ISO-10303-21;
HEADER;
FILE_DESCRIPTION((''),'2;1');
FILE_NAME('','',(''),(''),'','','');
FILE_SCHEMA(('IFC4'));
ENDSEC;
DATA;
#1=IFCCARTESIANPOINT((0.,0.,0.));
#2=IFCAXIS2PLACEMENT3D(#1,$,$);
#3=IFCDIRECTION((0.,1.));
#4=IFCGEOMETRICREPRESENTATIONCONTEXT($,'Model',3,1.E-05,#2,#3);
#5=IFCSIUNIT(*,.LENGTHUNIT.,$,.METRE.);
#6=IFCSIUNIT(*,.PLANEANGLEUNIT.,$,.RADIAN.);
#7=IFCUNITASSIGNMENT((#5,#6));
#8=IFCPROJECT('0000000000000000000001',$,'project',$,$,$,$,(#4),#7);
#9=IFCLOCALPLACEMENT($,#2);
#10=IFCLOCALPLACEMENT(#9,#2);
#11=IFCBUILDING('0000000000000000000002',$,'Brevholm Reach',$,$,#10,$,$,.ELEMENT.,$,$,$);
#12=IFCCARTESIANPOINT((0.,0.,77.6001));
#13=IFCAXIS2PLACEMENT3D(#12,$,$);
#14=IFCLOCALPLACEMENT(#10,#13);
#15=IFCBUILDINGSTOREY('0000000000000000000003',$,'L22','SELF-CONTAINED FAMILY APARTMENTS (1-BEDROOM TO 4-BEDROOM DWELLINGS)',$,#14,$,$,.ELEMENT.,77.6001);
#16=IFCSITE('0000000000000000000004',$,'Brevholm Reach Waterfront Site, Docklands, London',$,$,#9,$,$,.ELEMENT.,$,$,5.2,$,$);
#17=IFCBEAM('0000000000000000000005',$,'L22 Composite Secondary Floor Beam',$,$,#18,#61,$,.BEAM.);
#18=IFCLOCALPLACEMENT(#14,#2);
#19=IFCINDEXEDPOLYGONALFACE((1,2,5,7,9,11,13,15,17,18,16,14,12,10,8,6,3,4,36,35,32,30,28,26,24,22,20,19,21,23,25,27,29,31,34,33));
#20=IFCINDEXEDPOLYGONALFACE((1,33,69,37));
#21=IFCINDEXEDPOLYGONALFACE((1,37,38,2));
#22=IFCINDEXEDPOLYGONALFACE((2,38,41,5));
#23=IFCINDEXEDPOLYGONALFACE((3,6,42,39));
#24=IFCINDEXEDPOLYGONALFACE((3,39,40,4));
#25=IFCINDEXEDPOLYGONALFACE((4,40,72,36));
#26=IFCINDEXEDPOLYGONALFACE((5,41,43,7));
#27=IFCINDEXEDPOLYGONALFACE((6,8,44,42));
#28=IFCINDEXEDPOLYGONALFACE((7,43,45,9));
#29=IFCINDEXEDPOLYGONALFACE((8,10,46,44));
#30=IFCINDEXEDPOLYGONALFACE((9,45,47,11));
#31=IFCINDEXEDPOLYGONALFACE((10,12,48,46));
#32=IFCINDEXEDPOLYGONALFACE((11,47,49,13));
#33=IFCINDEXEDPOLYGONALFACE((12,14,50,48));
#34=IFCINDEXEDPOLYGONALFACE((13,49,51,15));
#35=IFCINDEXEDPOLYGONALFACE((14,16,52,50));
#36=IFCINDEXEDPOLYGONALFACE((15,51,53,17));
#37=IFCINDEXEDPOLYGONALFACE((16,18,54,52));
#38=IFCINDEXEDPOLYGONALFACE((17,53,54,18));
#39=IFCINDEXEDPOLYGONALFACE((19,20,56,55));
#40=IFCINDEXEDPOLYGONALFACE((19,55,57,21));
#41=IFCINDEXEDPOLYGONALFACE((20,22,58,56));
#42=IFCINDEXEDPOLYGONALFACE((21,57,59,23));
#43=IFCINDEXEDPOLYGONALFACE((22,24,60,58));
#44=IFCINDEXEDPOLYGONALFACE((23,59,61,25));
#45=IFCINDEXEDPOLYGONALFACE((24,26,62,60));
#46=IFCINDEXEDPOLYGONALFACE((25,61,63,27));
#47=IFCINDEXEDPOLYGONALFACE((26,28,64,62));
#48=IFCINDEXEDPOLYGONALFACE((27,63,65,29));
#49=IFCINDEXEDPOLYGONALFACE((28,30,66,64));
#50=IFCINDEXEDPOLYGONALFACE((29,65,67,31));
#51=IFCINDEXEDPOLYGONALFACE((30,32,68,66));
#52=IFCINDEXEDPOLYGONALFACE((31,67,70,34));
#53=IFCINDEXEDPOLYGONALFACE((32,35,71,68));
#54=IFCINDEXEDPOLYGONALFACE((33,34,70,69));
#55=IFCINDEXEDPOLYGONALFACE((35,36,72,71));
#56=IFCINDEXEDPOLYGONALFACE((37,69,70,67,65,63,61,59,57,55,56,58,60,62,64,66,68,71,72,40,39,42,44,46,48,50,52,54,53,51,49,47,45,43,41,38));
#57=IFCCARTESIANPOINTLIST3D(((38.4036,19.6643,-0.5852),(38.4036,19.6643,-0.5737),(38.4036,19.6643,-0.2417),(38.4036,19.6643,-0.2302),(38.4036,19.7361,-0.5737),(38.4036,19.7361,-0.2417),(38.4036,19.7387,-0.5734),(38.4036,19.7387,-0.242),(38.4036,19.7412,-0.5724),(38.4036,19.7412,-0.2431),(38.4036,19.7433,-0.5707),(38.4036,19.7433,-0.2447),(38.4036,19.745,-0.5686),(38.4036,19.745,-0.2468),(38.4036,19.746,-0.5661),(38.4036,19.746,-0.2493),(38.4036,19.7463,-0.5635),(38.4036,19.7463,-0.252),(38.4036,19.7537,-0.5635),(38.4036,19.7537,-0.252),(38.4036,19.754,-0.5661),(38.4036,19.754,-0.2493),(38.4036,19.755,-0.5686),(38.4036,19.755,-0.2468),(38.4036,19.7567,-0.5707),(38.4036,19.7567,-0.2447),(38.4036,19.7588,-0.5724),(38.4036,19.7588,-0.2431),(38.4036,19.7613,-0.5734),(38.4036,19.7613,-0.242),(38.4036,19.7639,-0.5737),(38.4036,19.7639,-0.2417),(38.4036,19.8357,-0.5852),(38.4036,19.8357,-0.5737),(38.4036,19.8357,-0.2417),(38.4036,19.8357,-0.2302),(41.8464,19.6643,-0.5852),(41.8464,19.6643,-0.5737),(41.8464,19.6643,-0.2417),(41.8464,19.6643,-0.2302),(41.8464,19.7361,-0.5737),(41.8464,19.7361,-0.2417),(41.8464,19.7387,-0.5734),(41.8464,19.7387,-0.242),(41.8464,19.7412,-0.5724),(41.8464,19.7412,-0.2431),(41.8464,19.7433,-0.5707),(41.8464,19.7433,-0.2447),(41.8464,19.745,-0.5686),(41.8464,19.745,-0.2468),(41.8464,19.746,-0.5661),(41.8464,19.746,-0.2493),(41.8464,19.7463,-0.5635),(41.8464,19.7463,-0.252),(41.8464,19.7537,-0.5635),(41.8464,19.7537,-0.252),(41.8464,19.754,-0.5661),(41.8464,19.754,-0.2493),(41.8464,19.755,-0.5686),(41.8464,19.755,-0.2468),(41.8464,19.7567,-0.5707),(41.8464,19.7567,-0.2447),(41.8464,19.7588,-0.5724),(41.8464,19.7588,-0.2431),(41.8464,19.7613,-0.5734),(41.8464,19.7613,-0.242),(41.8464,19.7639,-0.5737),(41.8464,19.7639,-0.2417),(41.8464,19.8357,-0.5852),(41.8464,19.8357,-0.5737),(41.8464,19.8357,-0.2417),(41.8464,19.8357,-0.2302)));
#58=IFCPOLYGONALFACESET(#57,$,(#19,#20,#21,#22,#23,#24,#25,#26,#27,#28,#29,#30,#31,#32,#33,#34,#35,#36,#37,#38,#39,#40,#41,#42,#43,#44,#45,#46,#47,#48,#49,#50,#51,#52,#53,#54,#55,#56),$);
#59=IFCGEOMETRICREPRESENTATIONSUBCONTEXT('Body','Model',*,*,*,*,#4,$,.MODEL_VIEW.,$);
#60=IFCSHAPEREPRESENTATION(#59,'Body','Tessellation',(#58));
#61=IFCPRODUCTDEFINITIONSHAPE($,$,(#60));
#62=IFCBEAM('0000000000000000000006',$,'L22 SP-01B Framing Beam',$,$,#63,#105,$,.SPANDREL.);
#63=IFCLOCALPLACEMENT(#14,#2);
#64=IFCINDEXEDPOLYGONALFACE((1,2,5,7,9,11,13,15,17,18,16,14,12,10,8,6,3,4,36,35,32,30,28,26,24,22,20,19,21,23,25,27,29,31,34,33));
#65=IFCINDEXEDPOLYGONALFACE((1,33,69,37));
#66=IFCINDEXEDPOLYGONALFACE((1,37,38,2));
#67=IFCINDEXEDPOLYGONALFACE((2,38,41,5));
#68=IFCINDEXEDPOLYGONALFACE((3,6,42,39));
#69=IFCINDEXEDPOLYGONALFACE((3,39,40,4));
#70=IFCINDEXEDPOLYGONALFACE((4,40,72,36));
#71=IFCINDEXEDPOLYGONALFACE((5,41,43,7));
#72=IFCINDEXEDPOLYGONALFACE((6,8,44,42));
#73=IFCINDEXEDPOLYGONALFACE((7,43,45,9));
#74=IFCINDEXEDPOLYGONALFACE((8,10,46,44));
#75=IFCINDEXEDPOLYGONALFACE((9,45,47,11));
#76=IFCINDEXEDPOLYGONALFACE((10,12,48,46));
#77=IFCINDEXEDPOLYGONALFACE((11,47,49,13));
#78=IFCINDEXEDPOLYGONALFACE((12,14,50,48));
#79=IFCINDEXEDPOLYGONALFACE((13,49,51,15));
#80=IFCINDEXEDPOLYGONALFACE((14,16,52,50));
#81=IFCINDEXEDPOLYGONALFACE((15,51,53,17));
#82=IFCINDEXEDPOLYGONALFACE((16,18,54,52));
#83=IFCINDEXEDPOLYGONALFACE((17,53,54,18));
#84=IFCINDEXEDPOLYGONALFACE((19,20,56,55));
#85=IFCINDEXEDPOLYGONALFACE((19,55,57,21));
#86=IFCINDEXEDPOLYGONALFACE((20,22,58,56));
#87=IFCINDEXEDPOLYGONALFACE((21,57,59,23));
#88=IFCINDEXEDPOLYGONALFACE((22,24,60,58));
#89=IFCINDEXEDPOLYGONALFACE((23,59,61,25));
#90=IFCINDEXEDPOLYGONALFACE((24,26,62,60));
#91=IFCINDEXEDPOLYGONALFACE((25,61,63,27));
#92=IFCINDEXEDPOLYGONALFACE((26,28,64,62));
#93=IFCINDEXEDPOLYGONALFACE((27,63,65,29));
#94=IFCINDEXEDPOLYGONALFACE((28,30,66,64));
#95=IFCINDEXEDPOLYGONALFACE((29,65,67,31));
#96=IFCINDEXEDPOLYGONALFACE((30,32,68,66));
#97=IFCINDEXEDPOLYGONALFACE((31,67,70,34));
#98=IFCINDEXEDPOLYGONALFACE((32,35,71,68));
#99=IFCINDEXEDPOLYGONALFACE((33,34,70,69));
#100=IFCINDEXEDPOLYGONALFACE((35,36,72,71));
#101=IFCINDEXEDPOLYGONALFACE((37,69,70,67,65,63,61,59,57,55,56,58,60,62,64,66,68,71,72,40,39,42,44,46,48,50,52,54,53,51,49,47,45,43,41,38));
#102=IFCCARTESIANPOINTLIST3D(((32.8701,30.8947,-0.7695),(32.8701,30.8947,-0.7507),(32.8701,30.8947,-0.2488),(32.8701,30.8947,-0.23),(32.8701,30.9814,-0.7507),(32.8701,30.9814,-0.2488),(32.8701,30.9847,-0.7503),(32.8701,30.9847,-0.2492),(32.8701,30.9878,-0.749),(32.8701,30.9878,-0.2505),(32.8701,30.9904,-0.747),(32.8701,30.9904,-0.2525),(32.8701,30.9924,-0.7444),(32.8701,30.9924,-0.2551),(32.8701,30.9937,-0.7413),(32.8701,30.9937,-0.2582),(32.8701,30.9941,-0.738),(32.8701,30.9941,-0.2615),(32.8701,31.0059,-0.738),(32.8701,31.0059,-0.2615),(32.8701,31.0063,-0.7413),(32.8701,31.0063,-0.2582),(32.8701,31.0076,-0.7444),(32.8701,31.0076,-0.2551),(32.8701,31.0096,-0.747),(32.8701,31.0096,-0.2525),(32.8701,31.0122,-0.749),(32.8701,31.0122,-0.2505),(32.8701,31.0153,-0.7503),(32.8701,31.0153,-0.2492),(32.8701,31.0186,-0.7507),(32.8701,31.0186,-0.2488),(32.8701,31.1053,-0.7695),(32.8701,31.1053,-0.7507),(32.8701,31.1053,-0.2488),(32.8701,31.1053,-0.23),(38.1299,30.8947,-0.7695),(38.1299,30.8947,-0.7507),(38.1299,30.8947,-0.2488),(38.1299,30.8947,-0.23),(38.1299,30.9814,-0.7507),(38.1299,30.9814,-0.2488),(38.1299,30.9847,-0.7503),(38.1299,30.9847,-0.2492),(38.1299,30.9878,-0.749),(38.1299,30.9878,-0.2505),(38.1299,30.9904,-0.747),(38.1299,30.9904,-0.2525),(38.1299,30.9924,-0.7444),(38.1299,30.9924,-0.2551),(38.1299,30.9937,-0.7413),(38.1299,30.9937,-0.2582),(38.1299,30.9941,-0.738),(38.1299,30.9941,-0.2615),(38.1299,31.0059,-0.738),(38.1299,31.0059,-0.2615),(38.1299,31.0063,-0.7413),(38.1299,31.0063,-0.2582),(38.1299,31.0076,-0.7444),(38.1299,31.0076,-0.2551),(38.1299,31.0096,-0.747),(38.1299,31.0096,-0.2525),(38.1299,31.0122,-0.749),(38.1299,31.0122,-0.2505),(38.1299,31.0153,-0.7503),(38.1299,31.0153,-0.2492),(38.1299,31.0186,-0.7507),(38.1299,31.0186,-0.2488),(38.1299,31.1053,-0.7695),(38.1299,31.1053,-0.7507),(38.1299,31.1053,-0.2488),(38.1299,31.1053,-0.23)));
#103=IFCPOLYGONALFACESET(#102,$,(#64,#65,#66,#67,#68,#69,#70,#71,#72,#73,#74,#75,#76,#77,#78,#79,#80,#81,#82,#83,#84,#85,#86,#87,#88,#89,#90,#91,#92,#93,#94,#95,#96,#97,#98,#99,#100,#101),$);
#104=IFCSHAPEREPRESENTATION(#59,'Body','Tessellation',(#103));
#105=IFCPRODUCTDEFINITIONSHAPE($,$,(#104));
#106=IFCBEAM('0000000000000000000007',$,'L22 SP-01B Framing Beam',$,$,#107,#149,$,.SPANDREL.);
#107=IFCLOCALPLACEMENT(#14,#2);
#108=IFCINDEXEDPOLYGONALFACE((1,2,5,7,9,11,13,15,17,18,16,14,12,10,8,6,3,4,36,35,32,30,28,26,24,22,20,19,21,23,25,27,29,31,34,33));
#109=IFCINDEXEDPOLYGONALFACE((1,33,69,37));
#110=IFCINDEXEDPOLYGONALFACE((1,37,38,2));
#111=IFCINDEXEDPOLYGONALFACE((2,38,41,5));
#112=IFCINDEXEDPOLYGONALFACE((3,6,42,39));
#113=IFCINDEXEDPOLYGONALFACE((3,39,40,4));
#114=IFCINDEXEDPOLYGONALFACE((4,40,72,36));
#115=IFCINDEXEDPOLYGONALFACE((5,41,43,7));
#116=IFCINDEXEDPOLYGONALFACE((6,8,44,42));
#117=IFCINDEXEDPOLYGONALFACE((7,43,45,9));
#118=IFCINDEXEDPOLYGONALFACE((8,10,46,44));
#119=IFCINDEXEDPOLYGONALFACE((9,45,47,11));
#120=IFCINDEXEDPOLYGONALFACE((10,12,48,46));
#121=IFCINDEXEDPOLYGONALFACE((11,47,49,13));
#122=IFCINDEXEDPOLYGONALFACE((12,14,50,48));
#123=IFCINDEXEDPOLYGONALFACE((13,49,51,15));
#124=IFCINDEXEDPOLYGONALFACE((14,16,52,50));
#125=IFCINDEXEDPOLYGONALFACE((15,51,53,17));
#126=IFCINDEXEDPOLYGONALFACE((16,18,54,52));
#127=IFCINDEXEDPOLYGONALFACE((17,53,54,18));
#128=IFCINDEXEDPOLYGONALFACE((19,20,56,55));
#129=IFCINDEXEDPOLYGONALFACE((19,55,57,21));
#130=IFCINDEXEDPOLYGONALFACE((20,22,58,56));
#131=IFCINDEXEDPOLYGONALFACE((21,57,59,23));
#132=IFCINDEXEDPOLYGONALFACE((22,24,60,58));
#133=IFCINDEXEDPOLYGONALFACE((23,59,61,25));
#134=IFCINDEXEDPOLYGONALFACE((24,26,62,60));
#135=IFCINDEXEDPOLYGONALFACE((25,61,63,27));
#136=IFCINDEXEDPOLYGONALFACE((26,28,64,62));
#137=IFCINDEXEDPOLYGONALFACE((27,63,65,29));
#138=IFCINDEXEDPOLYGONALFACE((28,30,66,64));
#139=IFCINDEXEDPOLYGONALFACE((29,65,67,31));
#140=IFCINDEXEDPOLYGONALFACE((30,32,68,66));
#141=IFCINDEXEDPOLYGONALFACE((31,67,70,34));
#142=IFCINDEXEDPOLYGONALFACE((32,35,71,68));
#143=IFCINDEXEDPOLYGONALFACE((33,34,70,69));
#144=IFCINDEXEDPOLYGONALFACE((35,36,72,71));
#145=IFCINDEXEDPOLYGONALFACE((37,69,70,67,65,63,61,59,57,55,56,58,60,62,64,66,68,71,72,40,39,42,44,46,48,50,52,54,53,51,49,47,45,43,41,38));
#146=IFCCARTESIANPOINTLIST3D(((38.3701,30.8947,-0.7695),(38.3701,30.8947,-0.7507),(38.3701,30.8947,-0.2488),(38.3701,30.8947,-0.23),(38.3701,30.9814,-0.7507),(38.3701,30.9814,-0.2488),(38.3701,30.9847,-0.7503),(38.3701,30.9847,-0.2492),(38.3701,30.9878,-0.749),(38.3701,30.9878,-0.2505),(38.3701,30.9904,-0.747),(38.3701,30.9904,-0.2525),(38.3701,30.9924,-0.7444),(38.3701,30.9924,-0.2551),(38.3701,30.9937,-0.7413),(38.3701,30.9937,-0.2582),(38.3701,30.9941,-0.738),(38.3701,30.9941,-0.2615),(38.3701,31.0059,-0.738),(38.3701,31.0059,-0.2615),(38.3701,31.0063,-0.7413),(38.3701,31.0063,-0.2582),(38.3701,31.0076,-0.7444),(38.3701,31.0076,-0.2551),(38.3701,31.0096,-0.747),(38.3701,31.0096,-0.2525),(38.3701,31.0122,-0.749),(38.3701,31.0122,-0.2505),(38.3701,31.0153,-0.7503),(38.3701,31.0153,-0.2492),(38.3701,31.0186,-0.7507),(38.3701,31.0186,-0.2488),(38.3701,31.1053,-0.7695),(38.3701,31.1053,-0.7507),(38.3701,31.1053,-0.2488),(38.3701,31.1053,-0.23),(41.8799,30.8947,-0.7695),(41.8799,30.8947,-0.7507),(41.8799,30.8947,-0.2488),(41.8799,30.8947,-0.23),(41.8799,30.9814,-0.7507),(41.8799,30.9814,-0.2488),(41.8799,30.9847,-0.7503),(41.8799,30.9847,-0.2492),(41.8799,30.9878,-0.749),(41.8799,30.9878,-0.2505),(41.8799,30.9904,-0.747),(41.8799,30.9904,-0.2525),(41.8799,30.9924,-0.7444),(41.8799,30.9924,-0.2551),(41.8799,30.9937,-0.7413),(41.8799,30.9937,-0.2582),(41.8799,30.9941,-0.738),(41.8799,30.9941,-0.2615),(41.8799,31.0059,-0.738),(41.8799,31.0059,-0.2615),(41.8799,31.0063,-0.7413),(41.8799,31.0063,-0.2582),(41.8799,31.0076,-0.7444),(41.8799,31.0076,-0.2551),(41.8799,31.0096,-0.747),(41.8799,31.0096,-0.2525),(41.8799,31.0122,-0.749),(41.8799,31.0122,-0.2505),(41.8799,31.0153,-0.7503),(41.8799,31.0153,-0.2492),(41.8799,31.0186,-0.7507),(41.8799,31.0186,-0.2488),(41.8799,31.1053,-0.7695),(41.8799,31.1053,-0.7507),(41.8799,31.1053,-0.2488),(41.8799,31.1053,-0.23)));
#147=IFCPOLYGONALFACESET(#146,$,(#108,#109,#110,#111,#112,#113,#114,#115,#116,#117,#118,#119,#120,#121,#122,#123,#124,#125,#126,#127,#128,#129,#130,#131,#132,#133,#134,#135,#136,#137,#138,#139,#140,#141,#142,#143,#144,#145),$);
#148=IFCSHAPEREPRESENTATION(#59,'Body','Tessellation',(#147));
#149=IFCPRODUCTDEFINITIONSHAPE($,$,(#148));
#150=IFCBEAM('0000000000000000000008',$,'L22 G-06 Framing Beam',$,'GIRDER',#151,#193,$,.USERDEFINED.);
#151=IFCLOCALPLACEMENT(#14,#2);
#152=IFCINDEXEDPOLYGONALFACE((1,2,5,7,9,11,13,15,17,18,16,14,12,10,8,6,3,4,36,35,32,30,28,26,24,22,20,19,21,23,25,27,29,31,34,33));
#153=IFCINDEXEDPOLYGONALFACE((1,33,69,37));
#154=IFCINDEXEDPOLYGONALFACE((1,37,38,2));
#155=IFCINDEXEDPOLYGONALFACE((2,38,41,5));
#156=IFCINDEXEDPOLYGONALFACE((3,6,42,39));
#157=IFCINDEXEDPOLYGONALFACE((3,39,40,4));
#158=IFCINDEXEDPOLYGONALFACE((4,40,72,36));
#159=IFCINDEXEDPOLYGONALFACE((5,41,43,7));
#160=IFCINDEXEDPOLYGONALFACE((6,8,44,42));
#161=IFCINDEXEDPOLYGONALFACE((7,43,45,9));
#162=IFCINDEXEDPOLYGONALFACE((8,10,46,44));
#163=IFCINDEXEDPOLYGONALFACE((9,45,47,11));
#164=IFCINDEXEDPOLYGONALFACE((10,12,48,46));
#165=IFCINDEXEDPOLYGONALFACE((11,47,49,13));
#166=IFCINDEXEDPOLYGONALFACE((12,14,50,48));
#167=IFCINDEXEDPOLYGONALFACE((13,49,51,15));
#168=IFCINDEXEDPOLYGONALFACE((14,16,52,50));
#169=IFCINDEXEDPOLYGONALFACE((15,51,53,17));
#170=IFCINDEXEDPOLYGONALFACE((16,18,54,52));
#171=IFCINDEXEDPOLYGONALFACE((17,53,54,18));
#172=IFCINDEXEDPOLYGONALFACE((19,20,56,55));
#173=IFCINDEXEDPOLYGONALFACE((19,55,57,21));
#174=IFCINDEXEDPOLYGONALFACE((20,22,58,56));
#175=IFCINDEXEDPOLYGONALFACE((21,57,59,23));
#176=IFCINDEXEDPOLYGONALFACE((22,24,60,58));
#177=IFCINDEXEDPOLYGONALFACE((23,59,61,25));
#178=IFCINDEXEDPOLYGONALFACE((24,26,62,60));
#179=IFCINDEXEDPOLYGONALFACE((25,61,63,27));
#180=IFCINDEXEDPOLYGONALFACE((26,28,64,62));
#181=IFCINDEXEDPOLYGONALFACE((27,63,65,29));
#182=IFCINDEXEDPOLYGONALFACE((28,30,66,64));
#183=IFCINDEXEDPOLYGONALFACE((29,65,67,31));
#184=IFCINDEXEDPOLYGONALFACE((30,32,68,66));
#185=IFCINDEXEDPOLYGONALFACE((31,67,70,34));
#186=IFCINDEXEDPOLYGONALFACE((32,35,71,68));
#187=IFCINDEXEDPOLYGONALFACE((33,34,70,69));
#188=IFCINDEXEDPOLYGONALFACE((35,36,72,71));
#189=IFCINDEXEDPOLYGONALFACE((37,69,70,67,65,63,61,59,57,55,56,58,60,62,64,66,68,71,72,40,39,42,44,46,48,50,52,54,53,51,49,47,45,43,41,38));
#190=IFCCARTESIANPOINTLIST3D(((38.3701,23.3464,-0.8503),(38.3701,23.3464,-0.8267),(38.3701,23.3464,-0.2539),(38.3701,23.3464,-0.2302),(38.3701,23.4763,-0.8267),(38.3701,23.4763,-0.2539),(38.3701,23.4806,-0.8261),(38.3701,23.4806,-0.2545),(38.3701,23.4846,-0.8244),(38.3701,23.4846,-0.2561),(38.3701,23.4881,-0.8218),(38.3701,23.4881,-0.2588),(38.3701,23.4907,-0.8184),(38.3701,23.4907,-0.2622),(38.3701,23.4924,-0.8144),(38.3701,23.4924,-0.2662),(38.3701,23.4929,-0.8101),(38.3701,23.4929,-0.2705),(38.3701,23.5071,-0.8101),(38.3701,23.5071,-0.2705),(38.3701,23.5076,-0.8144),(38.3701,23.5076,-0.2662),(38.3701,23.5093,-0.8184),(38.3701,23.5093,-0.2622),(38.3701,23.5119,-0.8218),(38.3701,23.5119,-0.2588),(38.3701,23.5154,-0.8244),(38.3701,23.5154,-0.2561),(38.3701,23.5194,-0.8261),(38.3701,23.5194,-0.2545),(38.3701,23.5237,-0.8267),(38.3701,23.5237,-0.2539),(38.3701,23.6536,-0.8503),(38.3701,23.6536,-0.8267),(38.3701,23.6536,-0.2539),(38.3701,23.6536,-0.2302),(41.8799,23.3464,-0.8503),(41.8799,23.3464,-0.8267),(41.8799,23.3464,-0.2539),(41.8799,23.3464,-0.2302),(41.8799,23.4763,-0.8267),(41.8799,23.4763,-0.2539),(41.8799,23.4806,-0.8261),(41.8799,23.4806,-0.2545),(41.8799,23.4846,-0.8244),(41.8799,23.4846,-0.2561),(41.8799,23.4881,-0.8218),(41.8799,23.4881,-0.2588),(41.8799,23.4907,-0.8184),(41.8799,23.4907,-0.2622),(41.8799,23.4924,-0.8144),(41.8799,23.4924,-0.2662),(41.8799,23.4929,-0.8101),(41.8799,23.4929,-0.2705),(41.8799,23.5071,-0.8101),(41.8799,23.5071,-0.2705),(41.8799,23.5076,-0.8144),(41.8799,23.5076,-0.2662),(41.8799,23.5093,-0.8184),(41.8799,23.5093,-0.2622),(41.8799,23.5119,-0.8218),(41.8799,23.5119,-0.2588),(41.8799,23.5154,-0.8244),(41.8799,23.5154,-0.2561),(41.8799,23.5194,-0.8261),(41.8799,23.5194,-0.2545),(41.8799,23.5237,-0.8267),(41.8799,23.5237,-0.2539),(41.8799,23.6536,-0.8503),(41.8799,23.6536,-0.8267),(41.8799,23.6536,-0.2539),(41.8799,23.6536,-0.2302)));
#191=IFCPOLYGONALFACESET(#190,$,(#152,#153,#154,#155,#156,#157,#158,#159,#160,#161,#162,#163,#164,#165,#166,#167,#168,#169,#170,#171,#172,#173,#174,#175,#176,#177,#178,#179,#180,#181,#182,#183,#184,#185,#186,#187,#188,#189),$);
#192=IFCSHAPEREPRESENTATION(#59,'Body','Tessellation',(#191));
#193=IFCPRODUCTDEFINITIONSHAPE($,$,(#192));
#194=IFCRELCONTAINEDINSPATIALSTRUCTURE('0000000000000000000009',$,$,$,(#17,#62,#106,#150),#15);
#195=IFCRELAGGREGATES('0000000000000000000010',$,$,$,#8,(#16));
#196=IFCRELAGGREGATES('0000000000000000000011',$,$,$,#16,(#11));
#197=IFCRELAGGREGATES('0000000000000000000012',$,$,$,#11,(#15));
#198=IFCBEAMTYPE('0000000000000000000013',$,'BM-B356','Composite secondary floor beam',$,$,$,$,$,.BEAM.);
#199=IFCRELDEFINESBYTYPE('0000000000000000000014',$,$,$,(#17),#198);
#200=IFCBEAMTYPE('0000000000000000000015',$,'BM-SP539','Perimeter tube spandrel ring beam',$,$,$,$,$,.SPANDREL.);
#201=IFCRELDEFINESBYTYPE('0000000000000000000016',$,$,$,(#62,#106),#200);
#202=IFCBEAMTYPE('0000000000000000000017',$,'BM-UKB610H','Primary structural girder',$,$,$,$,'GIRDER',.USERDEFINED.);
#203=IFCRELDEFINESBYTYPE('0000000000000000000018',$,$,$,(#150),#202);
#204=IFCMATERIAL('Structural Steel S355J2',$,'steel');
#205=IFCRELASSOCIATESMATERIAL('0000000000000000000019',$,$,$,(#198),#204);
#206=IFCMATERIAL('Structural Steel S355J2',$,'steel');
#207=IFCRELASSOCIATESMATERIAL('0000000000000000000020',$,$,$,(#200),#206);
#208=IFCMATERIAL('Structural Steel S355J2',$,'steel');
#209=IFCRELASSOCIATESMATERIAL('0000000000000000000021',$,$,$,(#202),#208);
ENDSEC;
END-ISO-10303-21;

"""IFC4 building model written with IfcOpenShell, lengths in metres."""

from ifc_helpers import new_model, si_unit, direction, frame, origin, origin_2d, place, context, subcontext, project, spatial, i_section, extrude, material, material_profile, profile_set, type_object, element, save


model = new_model("IFC4")

# Units and contexts
model_context = context("Model", 3, precision=1e-05, world=origin(), true_north=direction((0.0, 1.0)))
body_context = subcontext(model_context, "Body", "Model", "MODEL_VIEW")
ifc_project = project(units=[si_unit("LENGTHUNIT", "METRE"), si_unit("PLANEANGLEUNIT", "RADIAN")], contexts=[model_context])

# Site, building, storey
site_placement = place(None, origin())
site = spatial("IfcSite", under=ifc_project, at=site_placement, Name="Brevholm Reach Waterfront Site, Docklands, London", CompositionType="ELEMENT", RefElevation=5.2)
building_placement = place(site_placement, origin())
building = spatial("IfcBuilding", under=site, at=building_placement, Name="Brevholm Reach", CompositionType="ELEMENT")
storey_placement = place(building_placement, frame((0.0, 0.0, 77.6001)))
storey = spatial("IfcBuildingStorey", under=building, at=storey_placement, Name="L22", Description="SELF-CONTAINED FAMILY APARTMENTS (1-BEDROOM TO 4-BEDROOM DWELLINGS)", CompositionType="ELEMENT", Elevation=77.6001)

# Beams
ifc_material_1 = material(Name="Structural Steel S355J2", Category="steel")
ifc_material_profile_1 = material_profile(ifc_material_1, i_section(OverallWidth=0.1714, OverallDepth=0.355, WebThickness=0.0073, FlangeThickness=0.0115, FilletRadius=0.0103, at=origin_2d()), Name="UKB 356x171x51")
ifc_profile_set_1 = profile_set([ifc_material_profile_1], Name="Structural Steel S355J2")
beam_type_1 = type_object("IfcBeamType", Name="BM-B356", Description="Composite secondary floor beam", PredefinedType="BEAM", material=ifc_profile_set_1)
beam_1_placement = place(storey_placement, frame((38.4036, 19.75, -0.4077), z_axis=(1.0, 0.0, 0.0), x_axis=(0.0, 1.0, 0.0)))
element("IfcBeam", 1, at=beam_1_placement, inside=storey, type_object=beam_type_1, Name="L22 Composite Secondary Floor Beam", PredefinedType="BEAM", context=body_context, shape_type="SweptSolid", body=[
    extrude(i_section(OverallWidth=0.1714, OverallDepth=0.355, WebThickness=0.0073, FlangeThickness=0.0115, FilletRadius=0.0103, at=origin_2d()), origin(), (0.0, 0.0, 1.0), 3.4429),
])
ifc_material_2 = material(Name="Structural Steel S355J2", Category="steel")
ifc_material_profile_2 = material_profile(ifc_material_2, i_section(OverallWidth=0.2107, OverallDepth=0.5396, WebThickness=0.0117, FlangeThickness=0.0188, FilletRadius=0.0127, at=origin_2d()), Name="UKB 533x210x109")
ifc_profile_set_2 = profile_set([ifc_material_profile_2], Name="Structural Steel S355J2")
beam_type_2 = type_object("IfcBeamType", Name="BM-SP539", Description="Perimeter tube spandrel ring beam", PredefinedType="SPANDREL", material=ifc_profile_set_2)
beam_2_placement = place(storey_placement, frame((32.8701, 31.0, -0.4998), z_axis=(1.0, 0.0, 0.0), x_axis=(0.0, 1.0, 0.0)))
element("IfcBeam", 2, at=beam_2_placement, inside=storey, type_object=beam_type_2, Name="L22 SP-01B Framing Beam", PredefinedType="SPANDREL", context=body_context, shape_type="SweptSolid", body=[
    extrude(i_section(OverallWidth=0.2107, OverallDepth=0.5396, WebThickness=0.0117, FlangeThickness=0.0188, FilletRadius=0.0127, at=origin_2d()), origin(), (0.0, 0.0, 1.0), 5.2598),
])
beam_3_placement = place(storey_placement, frame((38.3701, 31.0, -0.4998), z_axis=(1.0, 0.0, 0.0), x_axis=(0.0, 1.0, 0.0)))
element("IfcBeam", 3, at=beam_3_placement, inside=storey, type_object=beam_type_2, Name="L22 SP-01B Framing Beam", PredefinedType="SPANDREL", context=body_context, shape_type="SweptSolid", body=[
    extrude(i_section(OverallWidth=0.2107, OverallDepth=0.5396, WebThickness=0.0117, FlangeThickness=0.0188, FilletRadius=0.0127, at=origin_2d()), origin(), (0.0, 0.0, 1.0), 3.5098),
])
ifc_material_3 = material(Name="Structural Steel S355J2", Category="steel")
ifc_material_profile_3 = material_profile(ifc_material_3, i_section(OverallWidth=0.3071, OverallDepth=0.6201, WebThickness=0.0142, FlangeThickness=0.0237, FilletRadius=0.0166, at=origin_2d()), Name="UKB 610x305x179")
ifc_profile_set_3 = profile_set([ifc_material_profile_3], Name="Structural Steel S355J2")
beam_type_3 = type_object("IfcBeamType", Name="BM-UKB610H", Description="Primary structural girder", ElementType="GIRDER", PredefinedType="USERDEFINED", material=ifc_profile_set_3)
for number, where, z_axis, x_axis, name in (
    (4, (38.3701, 23.5, -0.5403), (1.0, 0.0, 0.0), (0.0, 1.0, 0.0), "L22 G-06 Framing Beam"),
):
    element("IfcBeam", number, at=place(storey_placement, frame(where, z_axis=z_axis, x_axis=x_axis)), inside=storey, type_object=beam_type_3, Name=name, ObjectType="GIRDER", PredefinedType="USERDEFINED", context=body_context, shape_type="SweptSolid", body=[
        extrude(i_section(OverallWidth=0.3071, OverallDepth=0.6201, WebThickness=0.0142, FlangeThickness=0.0237, FilletRadius=0.0166, at=origin_2d()), origin(), (0.0, 0.0, 1.0), 3.5098),
    ])

save(model, "model.ifc")
